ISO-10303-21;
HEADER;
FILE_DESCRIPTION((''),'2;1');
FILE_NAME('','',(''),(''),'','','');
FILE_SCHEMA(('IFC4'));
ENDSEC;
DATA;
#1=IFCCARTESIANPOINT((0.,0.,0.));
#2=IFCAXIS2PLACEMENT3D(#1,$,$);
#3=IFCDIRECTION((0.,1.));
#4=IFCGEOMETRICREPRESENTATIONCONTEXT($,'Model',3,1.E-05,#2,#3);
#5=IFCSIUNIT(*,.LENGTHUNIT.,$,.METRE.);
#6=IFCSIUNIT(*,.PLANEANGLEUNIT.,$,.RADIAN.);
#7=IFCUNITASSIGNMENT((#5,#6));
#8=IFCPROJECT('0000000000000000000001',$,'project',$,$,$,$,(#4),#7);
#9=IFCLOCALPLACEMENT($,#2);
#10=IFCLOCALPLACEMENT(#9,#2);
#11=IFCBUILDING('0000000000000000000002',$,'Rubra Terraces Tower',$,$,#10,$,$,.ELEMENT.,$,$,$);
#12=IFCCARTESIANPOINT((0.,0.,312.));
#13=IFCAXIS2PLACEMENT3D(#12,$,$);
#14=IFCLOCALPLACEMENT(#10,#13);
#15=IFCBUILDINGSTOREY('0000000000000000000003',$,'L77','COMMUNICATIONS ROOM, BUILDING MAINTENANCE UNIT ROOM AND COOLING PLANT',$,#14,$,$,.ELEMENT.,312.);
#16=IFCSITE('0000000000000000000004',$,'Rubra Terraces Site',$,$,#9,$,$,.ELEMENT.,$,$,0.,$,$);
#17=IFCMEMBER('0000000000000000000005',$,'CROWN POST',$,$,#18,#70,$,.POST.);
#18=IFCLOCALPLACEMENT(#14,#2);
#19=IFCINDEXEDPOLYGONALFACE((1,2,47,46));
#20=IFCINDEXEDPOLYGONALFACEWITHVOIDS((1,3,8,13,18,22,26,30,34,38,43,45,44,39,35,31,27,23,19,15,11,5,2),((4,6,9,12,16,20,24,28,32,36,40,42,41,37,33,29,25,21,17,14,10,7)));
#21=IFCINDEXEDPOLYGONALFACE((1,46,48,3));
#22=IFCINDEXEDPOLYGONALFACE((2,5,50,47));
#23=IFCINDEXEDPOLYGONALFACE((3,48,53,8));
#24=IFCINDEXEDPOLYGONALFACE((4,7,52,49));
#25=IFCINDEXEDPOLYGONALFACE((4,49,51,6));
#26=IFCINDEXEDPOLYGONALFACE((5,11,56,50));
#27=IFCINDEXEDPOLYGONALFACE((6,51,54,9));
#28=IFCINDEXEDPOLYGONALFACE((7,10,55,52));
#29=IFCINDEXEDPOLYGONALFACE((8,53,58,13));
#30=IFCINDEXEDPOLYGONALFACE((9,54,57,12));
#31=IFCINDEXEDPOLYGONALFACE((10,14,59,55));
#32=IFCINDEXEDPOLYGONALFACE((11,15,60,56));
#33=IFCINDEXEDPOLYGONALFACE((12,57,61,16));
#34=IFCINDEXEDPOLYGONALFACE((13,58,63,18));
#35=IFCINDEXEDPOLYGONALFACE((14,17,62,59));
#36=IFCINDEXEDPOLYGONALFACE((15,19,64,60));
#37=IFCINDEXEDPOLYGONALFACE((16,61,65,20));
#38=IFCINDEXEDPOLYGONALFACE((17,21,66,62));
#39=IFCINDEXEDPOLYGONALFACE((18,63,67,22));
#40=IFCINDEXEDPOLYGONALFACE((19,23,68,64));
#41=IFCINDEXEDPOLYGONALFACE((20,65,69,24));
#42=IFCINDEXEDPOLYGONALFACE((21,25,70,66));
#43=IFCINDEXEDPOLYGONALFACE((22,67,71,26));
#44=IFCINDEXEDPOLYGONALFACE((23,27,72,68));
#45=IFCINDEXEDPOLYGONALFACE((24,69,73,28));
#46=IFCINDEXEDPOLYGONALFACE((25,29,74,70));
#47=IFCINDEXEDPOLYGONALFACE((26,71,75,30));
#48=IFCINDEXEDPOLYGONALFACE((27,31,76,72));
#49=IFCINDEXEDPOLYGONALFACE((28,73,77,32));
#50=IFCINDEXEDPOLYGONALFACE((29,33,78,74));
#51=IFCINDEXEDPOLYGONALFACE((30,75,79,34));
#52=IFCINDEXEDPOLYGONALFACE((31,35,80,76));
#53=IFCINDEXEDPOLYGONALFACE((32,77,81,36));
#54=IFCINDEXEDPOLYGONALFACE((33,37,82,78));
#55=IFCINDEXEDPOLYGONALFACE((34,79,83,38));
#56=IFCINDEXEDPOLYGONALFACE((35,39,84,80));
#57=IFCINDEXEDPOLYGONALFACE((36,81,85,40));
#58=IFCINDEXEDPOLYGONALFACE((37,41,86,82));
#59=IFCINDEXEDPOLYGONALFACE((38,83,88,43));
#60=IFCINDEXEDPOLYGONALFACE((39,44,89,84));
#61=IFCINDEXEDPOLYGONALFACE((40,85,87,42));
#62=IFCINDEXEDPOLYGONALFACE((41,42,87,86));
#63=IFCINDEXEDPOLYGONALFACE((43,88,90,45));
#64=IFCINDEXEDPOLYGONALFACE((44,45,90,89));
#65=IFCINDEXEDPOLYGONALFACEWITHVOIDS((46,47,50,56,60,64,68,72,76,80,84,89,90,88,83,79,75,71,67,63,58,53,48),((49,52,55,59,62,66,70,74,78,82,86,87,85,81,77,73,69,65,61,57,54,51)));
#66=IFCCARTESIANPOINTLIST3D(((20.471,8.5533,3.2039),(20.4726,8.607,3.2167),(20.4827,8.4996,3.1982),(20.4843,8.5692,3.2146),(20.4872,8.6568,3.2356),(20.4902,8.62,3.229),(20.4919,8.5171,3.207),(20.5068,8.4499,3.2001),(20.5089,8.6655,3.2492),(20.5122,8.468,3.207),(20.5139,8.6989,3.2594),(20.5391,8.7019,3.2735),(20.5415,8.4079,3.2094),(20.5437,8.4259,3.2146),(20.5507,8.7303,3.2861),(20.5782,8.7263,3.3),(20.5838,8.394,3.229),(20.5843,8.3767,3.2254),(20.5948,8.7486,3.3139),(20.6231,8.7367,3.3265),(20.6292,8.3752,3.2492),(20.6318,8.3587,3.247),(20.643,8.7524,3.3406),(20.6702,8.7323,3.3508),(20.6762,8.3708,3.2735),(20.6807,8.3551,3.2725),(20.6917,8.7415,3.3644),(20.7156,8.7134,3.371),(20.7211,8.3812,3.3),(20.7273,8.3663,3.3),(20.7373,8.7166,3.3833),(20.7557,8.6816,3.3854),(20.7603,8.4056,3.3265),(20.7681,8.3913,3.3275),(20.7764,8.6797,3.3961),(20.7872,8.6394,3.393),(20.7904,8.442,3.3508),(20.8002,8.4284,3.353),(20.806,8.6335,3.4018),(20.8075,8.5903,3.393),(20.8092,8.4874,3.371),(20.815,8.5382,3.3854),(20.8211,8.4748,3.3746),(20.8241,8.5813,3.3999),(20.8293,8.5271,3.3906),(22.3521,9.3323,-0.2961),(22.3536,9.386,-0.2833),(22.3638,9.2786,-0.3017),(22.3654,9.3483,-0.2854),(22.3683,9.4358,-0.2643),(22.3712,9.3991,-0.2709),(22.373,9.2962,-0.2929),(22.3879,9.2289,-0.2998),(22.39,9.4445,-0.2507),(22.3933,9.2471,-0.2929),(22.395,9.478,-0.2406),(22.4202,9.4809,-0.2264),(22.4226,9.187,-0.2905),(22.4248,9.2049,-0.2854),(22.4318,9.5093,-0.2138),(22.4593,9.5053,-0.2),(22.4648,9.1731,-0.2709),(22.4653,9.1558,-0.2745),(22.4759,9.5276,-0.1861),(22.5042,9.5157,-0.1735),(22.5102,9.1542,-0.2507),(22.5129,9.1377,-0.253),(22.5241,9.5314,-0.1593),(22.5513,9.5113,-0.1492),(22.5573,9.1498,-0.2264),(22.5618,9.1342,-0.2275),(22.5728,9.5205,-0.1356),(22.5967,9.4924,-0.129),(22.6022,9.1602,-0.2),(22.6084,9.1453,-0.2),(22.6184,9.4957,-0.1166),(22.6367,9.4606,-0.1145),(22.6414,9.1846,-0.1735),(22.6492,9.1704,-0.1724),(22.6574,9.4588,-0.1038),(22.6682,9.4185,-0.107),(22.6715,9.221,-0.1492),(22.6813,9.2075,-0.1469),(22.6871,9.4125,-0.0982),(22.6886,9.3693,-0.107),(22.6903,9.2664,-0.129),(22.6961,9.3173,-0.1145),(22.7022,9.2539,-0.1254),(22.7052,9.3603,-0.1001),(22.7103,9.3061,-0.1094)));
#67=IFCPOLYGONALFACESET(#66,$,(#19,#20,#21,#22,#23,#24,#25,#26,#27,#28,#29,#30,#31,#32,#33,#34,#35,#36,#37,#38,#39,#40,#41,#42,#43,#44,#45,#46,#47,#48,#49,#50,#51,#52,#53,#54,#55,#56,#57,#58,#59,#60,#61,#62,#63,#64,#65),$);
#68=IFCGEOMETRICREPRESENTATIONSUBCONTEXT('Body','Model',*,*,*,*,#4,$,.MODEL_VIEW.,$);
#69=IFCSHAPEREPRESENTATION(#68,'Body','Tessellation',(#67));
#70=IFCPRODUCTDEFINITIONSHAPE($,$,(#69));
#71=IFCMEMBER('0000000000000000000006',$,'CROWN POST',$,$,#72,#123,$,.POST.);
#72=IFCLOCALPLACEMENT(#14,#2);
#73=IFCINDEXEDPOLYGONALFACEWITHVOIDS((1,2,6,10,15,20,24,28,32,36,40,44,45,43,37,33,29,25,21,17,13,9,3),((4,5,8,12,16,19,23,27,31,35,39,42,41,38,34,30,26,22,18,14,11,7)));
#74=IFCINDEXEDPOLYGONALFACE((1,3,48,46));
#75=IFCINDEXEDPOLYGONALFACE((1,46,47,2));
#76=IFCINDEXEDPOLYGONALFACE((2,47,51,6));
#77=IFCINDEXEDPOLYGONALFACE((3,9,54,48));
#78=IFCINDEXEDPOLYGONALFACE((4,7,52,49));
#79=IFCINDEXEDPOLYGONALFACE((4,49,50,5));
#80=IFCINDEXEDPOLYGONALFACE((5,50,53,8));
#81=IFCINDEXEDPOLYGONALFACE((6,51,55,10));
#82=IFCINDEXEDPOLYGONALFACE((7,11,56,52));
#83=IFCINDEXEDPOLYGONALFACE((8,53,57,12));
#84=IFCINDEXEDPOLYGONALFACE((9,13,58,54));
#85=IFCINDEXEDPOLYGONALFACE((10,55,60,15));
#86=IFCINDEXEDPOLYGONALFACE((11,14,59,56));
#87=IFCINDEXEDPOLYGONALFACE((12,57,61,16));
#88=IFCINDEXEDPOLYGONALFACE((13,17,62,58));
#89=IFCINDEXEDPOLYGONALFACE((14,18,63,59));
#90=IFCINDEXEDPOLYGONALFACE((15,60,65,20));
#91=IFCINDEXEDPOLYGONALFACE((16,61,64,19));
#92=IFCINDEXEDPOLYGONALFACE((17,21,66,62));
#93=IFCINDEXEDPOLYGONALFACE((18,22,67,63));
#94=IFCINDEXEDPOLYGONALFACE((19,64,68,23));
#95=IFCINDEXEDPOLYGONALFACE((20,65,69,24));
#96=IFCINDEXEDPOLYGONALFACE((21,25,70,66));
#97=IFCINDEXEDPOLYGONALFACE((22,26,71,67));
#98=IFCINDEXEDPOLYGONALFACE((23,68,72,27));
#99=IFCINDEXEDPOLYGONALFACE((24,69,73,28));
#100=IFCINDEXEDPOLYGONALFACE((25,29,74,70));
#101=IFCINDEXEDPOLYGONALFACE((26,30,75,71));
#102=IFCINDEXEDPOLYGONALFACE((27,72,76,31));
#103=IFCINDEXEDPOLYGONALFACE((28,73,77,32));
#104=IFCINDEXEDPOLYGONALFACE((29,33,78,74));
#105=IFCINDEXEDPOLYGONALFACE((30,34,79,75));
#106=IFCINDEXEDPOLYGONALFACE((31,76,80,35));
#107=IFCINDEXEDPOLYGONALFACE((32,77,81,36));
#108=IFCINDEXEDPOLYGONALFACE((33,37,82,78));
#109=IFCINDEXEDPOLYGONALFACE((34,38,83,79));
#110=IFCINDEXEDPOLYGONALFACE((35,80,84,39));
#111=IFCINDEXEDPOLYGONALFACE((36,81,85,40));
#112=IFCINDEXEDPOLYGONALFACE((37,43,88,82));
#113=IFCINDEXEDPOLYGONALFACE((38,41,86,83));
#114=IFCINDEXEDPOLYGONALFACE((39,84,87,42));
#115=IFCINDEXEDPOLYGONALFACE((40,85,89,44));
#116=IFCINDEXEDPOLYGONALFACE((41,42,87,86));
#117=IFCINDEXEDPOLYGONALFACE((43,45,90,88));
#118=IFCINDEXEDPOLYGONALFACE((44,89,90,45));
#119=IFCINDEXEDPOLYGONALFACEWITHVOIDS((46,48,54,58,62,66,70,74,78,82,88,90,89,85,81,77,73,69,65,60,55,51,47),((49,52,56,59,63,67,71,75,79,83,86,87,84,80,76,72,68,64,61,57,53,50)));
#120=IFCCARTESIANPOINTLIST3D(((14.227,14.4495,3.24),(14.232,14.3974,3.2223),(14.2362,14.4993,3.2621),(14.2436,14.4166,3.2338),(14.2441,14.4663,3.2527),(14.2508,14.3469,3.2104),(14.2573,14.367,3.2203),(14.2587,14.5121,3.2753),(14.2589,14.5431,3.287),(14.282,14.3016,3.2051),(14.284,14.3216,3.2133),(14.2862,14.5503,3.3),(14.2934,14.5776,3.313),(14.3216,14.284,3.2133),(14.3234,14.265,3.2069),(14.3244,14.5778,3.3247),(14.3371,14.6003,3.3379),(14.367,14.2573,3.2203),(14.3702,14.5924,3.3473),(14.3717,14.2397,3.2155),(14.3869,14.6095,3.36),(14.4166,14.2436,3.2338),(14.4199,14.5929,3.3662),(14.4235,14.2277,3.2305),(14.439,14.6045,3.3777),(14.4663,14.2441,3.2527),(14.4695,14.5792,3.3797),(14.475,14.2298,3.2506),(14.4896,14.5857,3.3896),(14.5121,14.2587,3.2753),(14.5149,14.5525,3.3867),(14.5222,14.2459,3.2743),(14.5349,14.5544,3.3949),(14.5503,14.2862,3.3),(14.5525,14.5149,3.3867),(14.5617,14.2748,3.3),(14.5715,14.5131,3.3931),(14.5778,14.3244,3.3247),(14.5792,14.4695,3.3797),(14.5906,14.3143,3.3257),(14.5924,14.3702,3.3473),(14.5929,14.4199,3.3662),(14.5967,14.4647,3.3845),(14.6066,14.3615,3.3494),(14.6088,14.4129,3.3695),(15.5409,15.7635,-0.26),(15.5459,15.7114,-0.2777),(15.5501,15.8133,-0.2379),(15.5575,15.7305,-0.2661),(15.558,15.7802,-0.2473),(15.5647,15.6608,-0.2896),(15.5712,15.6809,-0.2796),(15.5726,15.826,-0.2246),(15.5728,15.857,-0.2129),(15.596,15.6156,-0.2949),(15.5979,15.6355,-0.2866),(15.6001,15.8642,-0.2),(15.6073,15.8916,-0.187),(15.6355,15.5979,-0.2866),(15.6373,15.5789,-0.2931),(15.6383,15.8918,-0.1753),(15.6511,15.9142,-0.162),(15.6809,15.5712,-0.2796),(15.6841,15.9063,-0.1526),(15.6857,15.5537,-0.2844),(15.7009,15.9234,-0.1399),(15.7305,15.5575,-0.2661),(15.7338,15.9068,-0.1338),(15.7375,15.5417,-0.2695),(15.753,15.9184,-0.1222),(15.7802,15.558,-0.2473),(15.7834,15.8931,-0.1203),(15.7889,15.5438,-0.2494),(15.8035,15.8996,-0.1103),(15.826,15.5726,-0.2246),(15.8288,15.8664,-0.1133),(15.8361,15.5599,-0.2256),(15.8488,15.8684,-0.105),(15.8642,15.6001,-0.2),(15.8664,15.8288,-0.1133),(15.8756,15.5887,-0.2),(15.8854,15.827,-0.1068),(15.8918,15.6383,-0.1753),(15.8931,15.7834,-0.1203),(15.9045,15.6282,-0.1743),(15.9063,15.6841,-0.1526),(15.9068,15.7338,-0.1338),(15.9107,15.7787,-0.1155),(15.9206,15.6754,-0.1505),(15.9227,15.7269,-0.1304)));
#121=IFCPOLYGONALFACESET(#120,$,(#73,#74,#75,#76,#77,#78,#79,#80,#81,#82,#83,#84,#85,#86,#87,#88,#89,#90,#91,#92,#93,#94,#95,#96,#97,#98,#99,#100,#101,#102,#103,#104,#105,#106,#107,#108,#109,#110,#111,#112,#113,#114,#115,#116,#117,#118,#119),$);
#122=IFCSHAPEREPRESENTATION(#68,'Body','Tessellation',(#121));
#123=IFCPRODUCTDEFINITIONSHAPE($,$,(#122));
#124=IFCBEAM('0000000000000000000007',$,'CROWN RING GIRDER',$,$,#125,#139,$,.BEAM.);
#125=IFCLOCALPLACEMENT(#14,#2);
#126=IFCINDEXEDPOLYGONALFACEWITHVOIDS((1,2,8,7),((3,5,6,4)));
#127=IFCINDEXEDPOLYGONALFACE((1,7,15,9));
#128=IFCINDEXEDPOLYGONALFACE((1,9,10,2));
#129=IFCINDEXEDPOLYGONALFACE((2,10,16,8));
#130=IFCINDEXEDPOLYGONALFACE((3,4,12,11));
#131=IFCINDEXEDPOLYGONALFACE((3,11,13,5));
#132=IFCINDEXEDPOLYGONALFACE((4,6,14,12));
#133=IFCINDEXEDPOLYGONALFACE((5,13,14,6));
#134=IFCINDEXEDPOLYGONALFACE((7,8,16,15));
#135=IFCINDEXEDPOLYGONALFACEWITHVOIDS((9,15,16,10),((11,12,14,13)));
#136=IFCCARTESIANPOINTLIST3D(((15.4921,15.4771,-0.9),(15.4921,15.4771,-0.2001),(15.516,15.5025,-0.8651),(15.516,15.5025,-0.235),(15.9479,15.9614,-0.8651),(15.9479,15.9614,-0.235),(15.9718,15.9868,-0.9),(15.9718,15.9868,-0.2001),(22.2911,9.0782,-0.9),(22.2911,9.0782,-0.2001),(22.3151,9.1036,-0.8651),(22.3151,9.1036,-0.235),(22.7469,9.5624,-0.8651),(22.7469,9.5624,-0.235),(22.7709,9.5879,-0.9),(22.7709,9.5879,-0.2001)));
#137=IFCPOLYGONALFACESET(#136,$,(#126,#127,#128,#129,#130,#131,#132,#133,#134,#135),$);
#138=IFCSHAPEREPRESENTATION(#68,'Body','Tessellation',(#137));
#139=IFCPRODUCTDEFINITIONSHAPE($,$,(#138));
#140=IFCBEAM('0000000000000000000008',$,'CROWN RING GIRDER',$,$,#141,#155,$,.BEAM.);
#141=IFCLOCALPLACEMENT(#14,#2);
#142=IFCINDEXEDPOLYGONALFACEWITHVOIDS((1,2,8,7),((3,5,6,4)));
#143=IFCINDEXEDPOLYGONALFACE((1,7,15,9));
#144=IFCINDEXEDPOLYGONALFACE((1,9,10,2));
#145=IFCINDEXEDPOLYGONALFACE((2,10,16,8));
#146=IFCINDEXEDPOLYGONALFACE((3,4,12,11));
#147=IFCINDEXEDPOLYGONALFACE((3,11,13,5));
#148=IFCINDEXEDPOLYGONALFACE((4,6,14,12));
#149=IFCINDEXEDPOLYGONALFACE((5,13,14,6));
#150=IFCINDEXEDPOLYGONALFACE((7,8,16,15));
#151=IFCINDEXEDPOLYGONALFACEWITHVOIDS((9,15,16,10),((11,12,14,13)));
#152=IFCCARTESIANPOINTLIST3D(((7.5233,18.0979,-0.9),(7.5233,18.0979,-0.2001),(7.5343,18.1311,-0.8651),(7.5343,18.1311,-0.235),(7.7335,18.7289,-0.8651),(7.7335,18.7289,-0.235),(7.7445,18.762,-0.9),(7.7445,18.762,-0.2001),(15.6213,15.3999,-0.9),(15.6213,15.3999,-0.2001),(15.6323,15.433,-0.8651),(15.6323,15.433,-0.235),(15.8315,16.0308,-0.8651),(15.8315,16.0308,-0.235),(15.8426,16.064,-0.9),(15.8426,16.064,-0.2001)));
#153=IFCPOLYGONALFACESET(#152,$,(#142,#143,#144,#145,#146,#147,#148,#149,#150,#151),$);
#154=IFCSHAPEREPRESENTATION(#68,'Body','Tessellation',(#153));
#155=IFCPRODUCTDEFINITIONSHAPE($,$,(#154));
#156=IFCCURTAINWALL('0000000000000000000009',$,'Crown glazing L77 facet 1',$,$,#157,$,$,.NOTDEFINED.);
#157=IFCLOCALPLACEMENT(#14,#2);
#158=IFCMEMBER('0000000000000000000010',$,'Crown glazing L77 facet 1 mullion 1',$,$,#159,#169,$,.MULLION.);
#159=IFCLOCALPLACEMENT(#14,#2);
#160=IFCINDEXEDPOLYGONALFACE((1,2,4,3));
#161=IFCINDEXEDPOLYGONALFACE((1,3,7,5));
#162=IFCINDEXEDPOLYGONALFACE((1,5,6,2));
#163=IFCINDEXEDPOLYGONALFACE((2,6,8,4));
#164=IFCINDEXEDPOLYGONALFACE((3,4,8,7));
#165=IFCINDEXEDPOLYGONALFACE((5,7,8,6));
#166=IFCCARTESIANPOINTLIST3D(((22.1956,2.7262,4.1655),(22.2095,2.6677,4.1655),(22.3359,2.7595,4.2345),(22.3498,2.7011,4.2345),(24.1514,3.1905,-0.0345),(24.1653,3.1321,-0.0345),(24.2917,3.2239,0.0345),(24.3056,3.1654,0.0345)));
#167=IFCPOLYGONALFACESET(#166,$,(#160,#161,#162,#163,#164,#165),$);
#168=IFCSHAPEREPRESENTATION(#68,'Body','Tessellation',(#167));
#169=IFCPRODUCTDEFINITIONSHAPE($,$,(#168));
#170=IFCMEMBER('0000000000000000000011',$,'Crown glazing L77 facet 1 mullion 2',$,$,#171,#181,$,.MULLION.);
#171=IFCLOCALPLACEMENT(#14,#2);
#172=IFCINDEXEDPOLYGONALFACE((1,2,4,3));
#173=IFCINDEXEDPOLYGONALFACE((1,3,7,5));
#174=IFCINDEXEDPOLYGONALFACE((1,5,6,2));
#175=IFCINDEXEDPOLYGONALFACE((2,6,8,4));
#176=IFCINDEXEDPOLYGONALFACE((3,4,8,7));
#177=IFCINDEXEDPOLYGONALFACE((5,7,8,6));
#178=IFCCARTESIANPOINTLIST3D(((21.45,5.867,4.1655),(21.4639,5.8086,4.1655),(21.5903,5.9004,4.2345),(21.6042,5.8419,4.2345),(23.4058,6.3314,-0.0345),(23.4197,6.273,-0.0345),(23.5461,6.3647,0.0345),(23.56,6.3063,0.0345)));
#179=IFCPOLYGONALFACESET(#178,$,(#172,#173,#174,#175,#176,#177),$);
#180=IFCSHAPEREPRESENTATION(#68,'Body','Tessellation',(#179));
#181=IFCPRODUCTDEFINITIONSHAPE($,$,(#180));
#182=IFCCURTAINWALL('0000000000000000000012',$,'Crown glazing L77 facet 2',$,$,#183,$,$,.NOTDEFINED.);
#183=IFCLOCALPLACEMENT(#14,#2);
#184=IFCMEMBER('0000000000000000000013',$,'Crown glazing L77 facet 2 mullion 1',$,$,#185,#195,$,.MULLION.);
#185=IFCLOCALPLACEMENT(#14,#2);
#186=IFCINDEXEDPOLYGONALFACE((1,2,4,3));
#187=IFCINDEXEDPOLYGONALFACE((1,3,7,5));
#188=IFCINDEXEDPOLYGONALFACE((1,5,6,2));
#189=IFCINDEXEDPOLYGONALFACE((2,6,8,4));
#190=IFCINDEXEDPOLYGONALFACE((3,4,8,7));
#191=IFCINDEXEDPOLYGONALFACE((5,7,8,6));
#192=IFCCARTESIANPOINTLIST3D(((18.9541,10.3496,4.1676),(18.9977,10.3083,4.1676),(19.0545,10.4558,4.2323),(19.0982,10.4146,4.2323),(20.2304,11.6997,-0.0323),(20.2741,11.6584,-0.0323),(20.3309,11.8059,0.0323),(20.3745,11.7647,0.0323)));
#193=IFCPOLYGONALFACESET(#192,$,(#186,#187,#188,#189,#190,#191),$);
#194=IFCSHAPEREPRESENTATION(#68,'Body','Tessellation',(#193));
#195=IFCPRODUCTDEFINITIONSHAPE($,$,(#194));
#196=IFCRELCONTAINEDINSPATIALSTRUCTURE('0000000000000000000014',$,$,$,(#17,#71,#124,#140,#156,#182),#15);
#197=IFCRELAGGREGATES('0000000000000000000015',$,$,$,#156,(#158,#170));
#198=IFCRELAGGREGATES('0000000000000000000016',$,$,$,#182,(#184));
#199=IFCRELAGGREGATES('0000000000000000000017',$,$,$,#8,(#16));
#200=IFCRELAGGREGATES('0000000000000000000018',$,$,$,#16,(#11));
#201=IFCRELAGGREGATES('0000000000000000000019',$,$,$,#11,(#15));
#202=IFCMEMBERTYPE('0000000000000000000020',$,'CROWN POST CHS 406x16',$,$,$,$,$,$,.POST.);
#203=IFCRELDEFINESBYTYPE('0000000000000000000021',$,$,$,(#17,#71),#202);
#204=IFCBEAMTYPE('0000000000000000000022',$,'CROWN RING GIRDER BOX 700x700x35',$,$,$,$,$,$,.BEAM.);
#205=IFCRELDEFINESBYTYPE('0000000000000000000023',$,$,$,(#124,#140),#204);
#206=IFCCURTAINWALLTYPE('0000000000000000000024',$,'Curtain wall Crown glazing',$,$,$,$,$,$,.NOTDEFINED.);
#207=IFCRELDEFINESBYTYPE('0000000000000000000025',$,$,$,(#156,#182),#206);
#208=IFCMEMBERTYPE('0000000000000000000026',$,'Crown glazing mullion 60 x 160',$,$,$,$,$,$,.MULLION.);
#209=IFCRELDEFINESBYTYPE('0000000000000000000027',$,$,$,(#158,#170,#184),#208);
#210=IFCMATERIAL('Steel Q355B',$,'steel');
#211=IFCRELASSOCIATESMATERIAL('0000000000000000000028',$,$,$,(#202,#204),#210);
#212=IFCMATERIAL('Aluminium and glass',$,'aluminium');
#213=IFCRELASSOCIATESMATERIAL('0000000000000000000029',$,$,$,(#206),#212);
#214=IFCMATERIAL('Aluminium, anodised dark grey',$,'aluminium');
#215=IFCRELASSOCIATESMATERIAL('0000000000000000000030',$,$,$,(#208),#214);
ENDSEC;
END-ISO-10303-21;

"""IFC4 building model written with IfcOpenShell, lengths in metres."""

from ifc_helpers import new_model, si_unit, direction, frame, origin, origin_2d, place, context, subcontext, project, spatial, rectangle, hollow_rectangle, hollow_circle, extrude, material, material_profile, profile_set, type_object, element, aggregate, save


model = new_model("IFC4")

# Units and contexts
model_context = context("Model", 3, precision=1e-05, world=origin(), true_north=direction((0.0, 1.0)))
body_context = subcontext(model_context, "Body", "Model", "MODEL_VIEW")
ifc_project = project(units=[si_unit("LENGTHUNIT", "METRE"), si_unit("PLANEANGLEUNIT", "RADIAN")], contexts=[model_context])

# Site, building, storey
site_placement = place(None, origin())
site = spatial("IfcSite", under=ifc_project, at=site_placement, Name="Rubra Terraces Site", CompositionType="ELEMENT", RefElevation=0.0)
building_placement = place(site_placement, origin())
building = spatial("IfcBuilding", under=site, at=building_placement, Name="Rubra Terraces Tower", CompositionType="ELEMENT")
storey_placement = place(building_placement, frame((0.0, 0.0, 312.0)))
storey = spatial("IfcBuildingStorey", under=building, at=storey_placement, Name="L77", Description="COMMUNICATIONS ROOM, BUILDING MAINTENANCE UNIT ROOM AND COOLING PLANT", CompositionType="ELEMENT", Elevation=312.0)

# Members
ifc_material_1 = material(Name="Steel Q355B", Category="steel")
ifc_material_profile_1 = material_profile(ifc_material_1, hollow_circle(Radius=0.2029, WallThickness=0.0161, at=origin_2d()), Name="CHS 406x16")
ifc_profile_set_1 = profile_set([ifc_material_profile_1], Name="Steel Q355B")
member_type_1 = type_object("IfcMemberType", Name="CROWN POST CHS 406x16", PredefinedType="POST", material=ifc_profile_set_1)
member_1_placement = place(storey_placement, frame((22.5308, 9.3328, -0.2), z_axis=(-0.46457, -0.1924, 0.864383), x_axis=(0.382631, -0.923901, 0.0)))
element("IfcMember", 1, at=member_1_placement, inside=storey, type_object=member_type_1, Name="CROWN POST", PredefinedType="POST", context=body_context, shape_type="SweptSolid", body=[
    extrude(hollow_circle(Radius=0.2029, WallThickness=0.0161, at=origin_2d()), origin(), (0.0, 0.0, 1.0), 4.0491),
])
member_2_placement = place(storey_placement, frame((15.7322, 15.7322, -0.2), z_axis=(-0.331583, -0.331583, 0.883236), x_axis=(0.707107, -0.707107, 0.0)))
element("IfcMember", 2, at=member_2_placement, inside=storey, type_object=member_type_1, Name="CROWN POST", PredefinedType="POST", context=body_context, shape_type="SweptSolid", body=[
    extrude(hollow_circle(Radius=0.2029, WallThickness=0.0161, at=origin_2d()), origin(), (0.0, 0.0, 1.0), 3.9626),
])

# Beams
ifc_material_profile_2 = material_profile(ifc_material_1, hollow_rectangle(XDim=0.7, YDim=0.7, WallThickness=0.0349, at=origin_2d()), Name="BOX 700x700x35")
ifc_profile_set_2 = profile_set([ifc_material_profile_2], Name="Steel Q355B")
beam_type_1 = type_object("IfcBeamType", Name="CROWN RING GIRDER BOX 700x700x35", PredefinedType="BEAM", material=ifc_profile_set_2)
beam_1_placement = place(storey_placement, frame((22.531, 9.333, -0.55), z_axis=(-0.728211, 0.685353, 0.0), x_axis=(-0.685353, -0.728211, 0.0)))
element("IfcBeam", 3, at=beam_1_placement, inside=storey, type_object=beam_type_1, Name="CROWN RING GIRDER", PredefinedType="BEAM", context=body_context, shape_type="SweptSolid", body=[
    extrude(hollow_rectangle(XDim=0.7, YDim=0.7, WallThickness=0.0349, at=origin_2d()), origin(), (0.0, 0.0, 1.0), 9.3367),
])
beam_2_placement = place(storey_placement, frame((15.7319, 15.7319, -0.55), z_axis=(-0.948729, 0.31609, 0.0), x_axis=(-0.31609, -0.948729, 0.0)))
element("IfcBeam", 4, at=beam_2_placement, inside=storey, type_object=beam_type_1, Name="CROWN RING GIRDER", PredefinedType="BEAM", context=body_context, shape_type="SweptSolid", body=[
    extrude(hollow_rectangle(XDim=0.7, YDim=0.7, WallThickness=0.0349, at=origin_2d()), origin(), (0.0, 0.0, 1.0), 8.5356),
])

# Curtain walls, members
ifc_material_2 = material(Name="Aluminium and glass", Category="aluminium")
curtain_wall_type = type_object("IfcCurtainWallType", Name="Curtain wall Crown glazing", PredefinedType="NOTDEFINED", material=ifc_material_2)
curtain_wall_1_placement = place(storey_placement, origin())
curtain_wall_1 = element("IfcCurtainWall", 5, at=curtain_wall_1_placement, inside=storey, type_object=curtain_wall_type, Name="Crown glazing L77 facet 1", PredefinedType="NOTDEFINED")
ifc_material_3 = material(Name="Aluminium, anodised dark grey", Category="aluminium")
ifc_material_profile_3 = material_profile(ifc_material_3, rectangle(XDim=0.0601, YDim=0.1599, at=origin_2d()), Name="AL 60x160")
ifc_profile_set_3 = profile_set([ifc_material_profile_3], Name="Aluminium, anodised dark grey")
member_type_2 = type_object("IfcMemberType", Name="Crown glazing mullion 60 x 160", PredefinedType="MULLION", material=ifc_profile_set_3)
member_3_placement = place(storey_placement, frame((24.2285, 3.178, 0.0), z_axis=(-0.420042, -0.099728, 0.902008), x_axis=(0.231002, -0.972953, 0.0)))
member_3 = element("IfcMember", 6, at=member_3_placement, type_object=member_type_2, Name="Crown glazing L77 facet 1 mullion 1", PredefinedType="MULLION", context=body_context, shape_type="SweptSolid", body=[
    extrude(rectangle(XDim=0.0601, YDim=0.1599, at=origin_2d()), origin(), (0.0, 0.0, 1.0), 4.6562),
])
member_4_placement = place(storey_placement, frame((23.4829, 6.3188, 0.0), z_axis=(-0.420042, -0.099728, 0.902008), x_axis=(0.231002, -0.972953, 0.0)))
member_4 = element("IfcMember", 7, at=member_4_placement, type_object=member_type_2, Name="Crown glazing L77 facet 1 mullion 2", PredefinedType="MULLION", context=body_context, shape_type="SweptSolid", body=[
    extrude(rectangle(XDim=0.0601, YDim=0.1599, at=origin_2d()), origin(), (0.0, 0.0, 1.0), 4.6562),
])
curtain_wall_2_placement = place(storey_placement, origin())
curtain_wall_2 = element("IfcCurtainWall", 8, at=curtain_wall_2_placement, inside=storey, type_object=curtain_wall_type, Name="Crown glazing L77 facet 2", PredefinedType="NOTDEFINED")
member_5_placement = place(storey_placement, frame((20.3025, 11.7322, 0.0), z_axis=(-0.277922, -0.293976, 0.914515), x_axis=(0.726671, -0.686986, 0.0)))
member_5 = element("IfcMember", 9, at=member_5_placement, type_object=member_type_2, Name="Crown glazing L77 facet 2 mullion 1", PredefinedType="MULLION", context=body_context, shape_type="SweptSolid", body=[
    extrude(rectangle(XDim=0.0601, YDim=0.1599, at=origin_2d()), origin(), (0.0, 0.0, 1.0), 4.5925),
])

aggregate(curtain_wall_1, [member_3, member_4])
aggregate(curtain_wall_2, [member_5])

save(model, "model.ifc")
